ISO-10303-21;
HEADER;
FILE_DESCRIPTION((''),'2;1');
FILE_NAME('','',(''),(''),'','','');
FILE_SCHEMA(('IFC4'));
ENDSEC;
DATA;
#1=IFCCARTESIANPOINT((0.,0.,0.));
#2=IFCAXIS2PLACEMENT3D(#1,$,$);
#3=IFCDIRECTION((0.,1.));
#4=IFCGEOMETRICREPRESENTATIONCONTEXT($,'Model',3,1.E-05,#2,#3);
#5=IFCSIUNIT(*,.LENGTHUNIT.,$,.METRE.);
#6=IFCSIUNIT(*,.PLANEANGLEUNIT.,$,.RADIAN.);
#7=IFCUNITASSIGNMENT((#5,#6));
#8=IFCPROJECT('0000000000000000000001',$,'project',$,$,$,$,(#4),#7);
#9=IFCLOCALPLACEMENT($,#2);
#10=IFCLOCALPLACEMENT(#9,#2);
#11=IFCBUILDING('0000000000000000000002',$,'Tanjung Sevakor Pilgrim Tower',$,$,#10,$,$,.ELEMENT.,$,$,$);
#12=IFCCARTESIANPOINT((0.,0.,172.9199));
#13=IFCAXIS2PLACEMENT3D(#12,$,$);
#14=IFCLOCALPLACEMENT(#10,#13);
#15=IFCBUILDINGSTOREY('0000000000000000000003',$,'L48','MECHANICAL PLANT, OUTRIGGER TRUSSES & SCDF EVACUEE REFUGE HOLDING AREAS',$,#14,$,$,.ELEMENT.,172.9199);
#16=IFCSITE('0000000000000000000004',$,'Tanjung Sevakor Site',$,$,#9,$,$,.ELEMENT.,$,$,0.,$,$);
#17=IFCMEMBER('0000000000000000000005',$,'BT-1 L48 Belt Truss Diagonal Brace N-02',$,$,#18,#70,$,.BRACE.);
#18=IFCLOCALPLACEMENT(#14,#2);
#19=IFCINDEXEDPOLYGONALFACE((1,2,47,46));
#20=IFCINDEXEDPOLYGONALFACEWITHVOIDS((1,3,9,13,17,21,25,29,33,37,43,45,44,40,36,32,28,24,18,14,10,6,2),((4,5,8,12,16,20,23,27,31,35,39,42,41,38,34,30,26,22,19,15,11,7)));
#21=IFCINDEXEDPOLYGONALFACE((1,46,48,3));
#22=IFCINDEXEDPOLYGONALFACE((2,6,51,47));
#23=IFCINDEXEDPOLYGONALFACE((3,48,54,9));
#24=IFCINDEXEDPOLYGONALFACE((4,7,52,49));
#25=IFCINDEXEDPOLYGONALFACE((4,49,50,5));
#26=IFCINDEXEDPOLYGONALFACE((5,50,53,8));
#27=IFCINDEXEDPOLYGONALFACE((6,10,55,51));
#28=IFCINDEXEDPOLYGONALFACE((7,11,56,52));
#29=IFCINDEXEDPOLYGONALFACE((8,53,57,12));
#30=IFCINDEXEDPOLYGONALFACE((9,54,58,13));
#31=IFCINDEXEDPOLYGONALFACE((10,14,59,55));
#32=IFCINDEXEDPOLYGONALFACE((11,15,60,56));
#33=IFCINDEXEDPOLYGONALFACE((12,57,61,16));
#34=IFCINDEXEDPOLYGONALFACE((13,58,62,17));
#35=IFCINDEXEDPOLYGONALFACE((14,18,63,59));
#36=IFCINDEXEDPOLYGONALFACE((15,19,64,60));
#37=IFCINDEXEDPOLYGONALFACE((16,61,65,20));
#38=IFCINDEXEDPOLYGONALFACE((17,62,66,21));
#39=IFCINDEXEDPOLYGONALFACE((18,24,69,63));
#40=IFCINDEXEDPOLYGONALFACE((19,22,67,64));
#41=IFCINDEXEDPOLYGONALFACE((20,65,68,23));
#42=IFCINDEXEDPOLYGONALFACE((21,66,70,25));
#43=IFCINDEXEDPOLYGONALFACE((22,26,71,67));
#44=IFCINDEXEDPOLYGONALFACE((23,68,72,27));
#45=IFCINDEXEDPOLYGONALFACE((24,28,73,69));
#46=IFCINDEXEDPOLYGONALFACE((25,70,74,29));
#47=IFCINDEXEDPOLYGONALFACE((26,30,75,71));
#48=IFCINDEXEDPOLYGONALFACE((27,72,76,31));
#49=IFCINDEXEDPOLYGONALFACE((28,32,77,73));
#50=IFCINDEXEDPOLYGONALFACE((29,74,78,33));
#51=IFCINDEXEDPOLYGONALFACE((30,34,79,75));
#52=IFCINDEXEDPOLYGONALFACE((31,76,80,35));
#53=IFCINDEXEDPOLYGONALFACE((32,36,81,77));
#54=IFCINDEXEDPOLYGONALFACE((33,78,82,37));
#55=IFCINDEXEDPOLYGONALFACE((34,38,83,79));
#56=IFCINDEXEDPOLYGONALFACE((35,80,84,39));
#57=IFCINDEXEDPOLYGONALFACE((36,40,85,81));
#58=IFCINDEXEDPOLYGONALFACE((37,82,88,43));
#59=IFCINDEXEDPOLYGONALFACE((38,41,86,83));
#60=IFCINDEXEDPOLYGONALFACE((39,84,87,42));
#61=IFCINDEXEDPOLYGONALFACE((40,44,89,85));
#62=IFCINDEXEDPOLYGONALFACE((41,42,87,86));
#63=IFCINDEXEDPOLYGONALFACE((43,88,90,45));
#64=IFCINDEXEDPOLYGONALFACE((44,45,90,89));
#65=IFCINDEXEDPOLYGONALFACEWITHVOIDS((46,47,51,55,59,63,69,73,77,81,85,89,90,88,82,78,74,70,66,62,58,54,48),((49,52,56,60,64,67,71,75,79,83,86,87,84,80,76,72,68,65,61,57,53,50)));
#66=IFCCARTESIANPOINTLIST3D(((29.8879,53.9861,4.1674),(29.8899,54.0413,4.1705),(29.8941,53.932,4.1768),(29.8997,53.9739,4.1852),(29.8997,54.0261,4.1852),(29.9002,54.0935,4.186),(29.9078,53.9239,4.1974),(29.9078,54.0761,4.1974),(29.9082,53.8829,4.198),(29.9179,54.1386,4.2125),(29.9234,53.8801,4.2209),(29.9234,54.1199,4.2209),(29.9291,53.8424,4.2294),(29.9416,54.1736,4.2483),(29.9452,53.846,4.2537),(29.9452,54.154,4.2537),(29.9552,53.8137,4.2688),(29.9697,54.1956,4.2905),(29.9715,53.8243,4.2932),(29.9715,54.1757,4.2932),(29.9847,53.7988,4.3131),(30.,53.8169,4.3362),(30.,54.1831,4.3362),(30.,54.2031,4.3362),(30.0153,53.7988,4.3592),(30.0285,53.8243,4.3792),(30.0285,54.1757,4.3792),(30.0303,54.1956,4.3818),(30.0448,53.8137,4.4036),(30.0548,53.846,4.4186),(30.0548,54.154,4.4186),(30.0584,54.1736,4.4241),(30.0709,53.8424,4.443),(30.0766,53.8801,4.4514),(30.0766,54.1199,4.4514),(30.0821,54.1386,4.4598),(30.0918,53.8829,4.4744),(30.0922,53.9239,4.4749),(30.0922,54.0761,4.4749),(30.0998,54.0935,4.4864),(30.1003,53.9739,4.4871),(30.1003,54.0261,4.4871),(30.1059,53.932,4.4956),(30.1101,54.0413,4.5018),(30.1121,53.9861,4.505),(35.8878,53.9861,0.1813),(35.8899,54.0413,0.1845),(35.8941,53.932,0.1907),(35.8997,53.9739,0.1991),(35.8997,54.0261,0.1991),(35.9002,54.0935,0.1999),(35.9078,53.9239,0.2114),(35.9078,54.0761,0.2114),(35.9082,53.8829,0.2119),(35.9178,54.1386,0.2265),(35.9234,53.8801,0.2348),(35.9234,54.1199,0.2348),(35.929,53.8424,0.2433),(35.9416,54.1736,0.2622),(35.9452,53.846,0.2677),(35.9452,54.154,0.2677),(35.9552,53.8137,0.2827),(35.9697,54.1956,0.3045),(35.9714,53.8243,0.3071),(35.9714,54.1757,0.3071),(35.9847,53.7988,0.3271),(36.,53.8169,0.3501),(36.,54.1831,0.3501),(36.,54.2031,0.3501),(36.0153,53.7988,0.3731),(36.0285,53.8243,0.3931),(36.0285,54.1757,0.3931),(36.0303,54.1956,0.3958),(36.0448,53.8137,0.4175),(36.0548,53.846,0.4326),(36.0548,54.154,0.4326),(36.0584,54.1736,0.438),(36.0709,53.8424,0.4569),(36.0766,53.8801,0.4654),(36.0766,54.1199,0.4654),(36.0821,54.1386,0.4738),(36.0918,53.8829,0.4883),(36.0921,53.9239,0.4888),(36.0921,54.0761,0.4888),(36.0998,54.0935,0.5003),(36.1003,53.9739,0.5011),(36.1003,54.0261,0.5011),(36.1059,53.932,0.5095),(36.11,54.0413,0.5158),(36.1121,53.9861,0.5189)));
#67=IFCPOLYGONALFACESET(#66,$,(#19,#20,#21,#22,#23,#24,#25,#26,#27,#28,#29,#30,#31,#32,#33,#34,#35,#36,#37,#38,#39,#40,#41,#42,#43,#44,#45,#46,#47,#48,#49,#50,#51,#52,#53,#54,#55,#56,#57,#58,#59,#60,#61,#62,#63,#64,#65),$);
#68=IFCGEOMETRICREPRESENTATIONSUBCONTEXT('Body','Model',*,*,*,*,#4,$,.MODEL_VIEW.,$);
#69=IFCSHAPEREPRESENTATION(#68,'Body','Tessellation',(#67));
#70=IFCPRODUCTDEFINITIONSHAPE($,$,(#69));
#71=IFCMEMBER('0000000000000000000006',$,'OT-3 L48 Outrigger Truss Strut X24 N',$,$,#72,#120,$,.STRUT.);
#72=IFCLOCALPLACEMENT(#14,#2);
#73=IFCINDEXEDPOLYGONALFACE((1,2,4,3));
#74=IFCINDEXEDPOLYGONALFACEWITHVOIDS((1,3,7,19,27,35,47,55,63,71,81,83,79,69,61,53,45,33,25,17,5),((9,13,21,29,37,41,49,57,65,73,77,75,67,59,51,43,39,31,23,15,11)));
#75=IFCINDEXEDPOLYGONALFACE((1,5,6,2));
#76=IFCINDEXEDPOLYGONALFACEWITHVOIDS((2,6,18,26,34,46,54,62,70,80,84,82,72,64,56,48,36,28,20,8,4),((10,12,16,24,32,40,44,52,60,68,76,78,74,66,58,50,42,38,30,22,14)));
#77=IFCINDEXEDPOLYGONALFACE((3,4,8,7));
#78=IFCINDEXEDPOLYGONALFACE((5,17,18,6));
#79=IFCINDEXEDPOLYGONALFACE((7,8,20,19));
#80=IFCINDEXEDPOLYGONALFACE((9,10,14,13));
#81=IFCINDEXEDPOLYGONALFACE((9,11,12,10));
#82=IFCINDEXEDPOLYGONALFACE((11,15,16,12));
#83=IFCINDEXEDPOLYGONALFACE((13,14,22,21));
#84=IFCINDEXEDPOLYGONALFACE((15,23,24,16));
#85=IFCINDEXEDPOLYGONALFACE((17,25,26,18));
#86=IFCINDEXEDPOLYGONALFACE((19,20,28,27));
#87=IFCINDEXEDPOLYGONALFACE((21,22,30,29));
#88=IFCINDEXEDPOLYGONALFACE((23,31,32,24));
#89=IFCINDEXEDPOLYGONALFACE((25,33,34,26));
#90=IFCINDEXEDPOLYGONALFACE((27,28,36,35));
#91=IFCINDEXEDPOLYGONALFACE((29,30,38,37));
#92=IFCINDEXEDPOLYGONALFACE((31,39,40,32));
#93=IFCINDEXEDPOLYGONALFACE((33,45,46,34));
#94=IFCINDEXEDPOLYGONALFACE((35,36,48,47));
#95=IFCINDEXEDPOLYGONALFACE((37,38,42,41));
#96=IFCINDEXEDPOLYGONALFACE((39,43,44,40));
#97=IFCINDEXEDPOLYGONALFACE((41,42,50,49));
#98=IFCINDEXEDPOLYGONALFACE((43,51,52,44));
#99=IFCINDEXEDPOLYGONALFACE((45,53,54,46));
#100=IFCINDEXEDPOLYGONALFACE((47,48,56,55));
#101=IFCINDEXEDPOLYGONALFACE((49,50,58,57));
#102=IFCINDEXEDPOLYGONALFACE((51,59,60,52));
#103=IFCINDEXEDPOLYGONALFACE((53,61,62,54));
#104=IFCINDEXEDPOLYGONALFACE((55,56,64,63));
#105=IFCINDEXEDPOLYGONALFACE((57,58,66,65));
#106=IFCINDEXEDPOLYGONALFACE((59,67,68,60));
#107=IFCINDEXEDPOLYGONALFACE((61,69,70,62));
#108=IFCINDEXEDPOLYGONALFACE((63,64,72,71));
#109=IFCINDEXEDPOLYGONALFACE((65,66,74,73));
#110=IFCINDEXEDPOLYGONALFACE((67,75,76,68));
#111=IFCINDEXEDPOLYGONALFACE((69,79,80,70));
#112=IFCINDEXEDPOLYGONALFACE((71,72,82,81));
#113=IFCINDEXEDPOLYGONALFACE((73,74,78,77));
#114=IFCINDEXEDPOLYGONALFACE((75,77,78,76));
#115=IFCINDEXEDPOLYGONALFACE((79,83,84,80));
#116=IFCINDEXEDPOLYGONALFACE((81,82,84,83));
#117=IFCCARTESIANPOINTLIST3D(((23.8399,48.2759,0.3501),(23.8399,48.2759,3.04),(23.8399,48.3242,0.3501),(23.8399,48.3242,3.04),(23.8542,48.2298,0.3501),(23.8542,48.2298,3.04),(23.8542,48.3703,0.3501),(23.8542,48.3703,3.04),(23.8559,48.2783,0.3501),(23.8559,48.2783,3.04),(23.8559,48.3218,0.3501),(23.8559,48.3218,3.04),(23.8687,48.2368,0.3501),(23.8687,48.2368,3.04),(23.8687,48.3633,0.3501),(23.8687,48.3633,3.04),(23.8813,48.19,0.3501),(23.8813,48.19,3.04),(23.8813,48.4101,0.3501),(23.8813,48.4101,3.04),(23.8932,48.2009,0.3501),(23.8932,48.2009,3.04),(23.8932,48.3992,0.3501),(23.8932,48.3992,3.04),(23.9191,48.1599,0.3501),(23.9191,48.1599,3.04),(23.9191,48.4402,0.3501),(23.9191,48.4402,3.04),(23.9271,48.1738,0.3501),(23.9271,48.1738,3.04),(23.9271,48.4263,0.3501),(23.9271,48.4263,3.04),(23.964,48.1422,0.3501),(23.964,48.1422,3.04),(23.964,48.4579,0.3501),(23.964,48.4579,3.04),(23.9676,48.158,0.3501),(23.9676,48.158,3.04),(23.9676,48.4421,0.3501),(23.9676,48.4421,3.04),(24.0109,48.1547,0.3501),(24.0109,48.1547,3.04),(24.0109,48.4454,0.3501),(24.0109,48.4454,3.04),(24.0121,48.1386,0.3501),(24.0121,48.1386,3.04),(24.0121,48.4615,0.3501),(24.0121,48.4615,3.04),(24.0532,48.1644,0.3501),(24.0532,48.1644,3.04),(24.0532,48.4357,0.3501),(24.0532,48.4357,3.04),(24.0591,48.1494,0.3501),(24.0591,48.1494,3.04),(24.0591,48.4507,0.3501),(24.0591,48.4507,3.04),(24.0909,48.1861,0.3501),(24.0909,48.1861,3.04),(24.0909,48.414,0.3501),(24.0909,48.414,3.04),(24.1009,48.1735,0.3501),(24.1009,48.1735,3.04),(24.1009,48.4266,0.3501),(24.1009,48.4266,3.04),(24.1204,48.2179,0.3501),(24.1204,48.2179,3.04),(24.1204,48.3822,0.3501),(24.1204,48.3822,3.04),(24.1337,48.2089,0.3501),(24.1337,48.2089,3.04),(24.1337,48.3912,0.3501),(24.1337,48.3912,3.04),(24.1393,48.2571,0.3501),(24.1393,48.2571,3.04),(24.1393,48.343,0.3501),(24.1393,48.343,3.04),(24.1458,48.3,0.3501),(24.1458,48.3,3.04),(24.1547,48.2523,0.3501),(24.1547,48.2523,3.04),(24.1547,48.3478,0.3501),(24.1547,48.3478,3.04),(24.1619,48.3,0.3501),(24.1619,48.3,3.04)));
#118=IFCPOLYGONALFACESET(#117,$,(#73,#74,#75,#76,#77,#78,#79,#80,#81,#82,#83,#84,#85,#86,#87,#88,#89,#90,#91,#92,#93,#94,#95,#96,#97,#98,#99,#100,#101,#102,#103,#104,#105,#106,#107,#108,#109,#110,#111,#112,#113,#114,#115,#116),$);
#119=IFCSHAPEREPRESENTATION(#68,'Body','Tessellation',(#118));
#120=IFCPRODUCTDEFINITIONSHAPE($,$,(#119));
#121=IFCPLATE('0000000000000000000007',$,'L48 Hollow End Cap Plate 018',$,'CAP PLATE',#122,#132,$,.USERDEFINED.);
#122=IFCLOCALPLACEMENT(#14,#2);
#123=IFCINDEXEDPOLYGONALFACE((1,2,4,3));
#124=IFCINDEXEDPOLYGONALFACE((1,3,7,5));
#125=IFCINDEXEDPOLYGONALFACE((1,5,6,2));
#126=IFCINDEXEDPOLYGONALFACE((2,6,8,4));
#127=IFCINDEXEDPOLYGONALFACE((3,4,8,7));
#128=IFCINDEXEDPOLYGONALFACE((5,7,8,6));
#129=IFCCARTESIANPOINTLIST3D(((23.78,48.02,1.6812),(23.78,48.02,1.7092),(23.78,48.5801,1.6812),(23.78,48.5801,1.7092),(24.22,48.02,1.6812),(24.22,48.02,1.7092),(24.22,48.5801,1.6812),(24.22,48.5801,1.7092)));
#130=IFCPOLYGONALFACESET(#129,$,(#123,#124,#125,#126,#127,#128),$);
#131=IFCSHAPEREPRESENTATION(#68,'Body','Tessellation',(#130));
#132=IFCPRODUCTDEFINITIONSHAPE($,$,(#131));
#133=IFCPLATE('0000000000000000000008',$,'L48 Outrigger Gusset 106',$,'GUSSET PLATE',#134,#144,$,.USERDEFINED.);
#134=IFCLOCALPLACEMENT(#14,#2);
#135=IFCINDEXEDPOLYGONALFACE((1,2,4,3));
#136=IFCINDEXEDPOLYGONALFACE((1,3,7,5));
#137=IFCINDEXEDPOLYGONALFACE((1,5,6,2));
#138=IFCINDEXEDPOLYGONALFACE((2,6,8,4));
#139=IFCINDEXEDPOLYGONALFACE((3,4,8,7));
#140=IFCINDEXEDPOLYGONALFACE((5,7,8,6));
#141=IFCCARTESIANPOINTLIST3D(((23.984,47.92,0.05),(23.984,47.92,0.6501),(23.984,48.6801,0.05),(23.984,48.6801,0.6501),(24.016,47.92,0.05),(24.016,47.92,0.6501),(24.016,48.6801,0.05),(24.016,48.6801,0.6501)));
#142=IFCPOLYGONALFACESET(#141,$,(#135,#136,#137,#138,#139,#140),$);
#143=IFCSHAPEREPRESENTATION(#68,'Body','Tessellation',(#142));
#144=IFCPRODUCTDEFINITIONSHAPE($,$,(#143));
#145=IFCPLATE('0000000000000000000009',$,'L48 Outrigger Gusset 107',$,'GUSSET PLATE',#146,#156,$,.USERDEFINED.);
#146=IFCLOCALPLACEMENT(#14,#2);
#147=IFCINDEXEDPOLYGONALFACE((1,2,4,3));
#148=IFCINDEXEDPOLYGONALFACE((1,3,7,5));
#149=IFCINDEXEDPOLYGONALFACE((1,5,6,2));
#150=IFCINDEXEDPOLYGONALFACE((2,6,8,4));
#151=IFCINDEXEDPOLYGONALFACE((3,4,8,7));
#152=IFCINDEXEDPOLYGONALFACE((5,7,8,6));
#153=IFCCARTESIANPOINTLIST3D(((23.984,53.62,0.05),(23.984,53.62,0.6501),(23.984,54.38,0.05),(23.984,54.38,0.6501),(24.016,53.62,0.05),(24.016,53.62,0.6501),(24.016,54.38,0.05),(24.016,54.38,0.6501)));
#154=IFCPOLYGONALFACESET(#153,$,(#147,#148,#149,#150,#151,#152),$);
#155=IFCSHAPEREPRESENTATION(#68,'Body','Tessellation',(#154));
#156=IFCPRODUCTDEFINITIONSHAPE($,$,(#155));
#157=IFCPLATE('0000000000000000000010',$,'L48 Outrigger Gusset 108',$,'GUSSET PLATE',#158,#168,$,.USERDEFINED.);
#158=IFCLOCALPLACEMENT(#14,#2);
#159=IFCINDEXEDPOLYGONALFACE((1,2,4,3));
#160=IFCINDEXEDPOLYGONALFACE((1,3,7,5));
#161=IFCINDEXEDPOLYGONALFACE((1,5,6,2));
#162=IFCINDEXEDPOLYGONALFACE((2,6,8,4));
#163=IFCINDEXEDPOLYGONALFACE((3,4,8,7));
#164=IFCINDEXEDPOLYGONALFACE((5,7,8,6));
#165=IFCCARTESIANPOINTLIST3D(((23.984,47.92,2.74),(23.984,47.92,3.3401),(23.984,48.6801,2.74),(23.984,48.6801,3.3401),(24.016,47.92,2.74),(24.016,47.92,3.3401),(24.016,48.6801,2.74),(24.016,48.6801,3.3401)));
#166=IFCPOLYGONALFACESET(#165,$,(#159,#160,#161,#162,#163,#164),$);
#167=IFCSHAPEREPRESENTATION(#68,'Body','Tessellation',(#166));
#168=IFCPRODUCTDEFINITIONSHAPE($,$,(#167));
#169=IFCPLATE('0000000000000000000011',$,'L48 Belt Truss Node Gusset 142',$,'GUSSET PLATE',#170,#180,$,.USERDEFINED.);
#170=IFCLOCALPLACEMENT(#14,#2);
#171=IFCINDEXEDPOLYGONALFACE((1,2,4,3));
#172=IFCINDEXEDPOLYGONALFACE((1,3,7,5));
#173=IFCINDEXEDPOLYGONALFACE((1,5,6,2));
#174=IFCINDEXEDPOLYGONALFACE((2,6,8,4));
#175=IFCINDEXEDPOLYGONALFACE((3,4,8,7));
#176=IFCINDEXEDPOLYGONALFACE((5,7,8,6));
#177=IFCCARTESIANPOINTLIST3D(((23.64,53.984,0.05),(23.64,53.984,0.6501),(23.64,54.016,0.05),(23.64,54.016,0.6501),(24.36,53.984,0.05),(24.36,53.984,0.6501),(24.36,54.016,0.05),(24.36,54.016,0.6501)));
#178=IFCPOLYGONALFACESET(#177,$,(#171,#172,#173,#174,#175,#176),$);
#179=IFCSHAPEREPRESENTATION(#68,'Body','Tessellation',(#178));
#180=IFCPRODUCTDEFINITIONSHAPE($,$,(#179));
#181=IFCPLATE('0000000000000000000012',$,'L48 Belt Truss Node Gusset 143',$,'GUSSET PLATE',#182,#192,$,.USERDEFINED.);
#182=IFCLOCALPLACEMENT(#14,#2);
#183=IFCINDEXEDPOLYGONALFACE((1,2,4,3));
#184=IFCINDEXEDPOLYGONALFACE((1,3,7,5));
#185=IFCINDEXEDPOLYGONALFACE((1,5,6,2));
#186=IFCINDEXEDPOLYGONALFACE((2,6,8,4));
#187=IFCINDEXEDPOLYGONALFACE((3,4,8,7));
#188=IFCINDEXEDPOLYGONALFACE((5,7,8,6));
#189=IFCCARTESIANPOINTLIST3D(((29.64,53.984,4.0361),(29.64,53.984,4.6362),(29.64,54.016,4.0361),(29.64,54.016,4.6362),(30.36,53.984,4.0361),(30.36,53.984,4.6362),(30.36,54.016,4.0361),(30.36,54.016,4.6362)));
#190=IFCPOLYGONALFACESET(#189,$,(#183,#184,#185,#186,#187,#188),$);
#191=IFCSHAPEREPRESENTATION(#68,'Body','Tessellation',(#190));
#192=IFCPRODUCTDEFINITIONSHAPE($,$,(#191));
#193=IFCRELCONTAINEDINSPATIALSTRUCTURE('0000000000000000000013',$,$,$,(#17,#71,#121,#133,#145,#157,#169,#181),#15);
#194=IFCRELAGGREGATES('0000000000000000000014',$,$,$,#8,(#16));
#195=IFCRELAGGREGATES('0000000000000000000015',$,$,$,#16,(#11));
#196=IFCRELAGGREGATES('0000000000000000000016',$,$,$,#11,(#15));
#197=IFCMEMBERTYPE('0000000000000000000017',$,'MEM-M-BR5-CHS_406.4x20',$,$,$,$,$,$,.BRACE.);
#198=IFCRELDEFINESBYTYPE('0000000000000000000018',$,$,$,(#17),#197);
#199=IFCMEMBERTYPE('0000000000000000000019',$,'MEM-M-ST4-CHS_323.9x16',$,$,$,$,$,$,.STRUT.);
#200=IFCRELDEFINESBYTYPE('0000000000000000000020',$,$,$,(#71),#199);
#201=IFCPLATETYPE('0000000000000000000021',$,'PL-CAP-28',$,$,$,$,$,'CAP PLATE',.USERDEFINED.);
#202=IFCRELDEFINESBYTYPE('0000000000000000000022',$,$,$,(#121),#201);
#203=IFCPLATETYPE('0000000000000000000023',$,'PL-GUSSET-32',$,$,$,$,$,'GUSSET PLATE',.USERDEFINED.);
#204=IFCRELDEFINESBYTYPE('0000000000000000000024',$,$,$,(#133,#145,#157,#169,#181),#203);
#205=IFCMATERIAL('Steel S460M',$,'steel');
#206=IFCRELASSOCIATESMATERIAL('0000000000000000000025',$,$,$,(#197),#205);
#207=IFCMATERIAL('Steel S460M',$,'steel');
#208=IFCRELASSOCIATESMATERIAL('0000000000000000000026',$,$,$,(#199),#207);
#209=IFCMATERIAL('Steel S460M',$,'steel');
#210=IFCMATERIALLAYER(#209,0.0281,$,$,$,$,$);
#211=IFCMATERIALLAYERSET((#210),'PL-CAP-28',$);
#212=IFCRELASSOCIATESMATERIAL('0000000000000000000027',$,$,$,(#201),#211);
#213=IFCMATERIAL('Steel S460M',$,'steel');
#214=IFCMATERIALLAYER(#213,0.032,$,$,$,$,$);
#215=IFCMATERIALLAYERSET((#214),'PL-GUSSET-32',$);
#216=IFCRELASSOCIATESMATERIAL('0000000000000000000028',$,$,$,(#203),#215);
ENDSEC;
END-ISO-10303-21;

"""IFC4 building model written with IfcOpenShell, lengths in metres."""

from ifc_helpers import new_model, si_unit, direction, frame, origin, origin_2d, place, context, subcontext, project, spatial, rectangle, hollow_circle, extrude, material, layer, layer_set, material_profile, profile_set, type_object, element, save


model = new_model("IFC4")

# Units and contexts
model_context = context("Model", 3, precision=1e-05, world=origin(), true_north=direction((0.0, 1.0)))
body_context = subcontext(model_context, "Body", "Model", "MODEL_VIEW")
ifc_project = project(units=[si_unit("LENGTHUNIT", "METRE"), si_unit("PLANEANGLEUNIT", "RADIAN")], contexts=[model_context])

# Site, building, storey
site_placement = place(None, origin())
site = spatial("IfcSite", under=ifc_project, at=site_placement, Name="Tanjung Sevakor Site", CompositionType="ELEMENT", RefElevation=0.0)
building_placement = place(site_placement, origin())
building = spatial("IfcBuilding", under=site, at=building_placement, Name="Tanjung Sevakor Pilgrim Tower", CompositionType="ELEMENT")
storey_placement = place(building_placement, frame((0.0, 0.0, 172.9199)))
storey = spatial("IfcBuildingStorey", under=building, at=storey_placement, Name="L48", Description="MECHANICAL PLANT, OUTRIGGER TRUSSES & SCDF EVACUEE REFUGE HOLDING AREAS", CompositionType="ELEMENT", Elevation=172.9199)

# Members
ifc_material_1 = material(Name="Steel S460M", Category="steel")
ifc_material_profile_1 = material_profile(ifc_material_1, hollow_circle(Radius=0.2031, WallThickness=0.02, at=origin_2d()))
ifc_profile_set_1 = profile_set([ifc_material_profile_1], Name="Steel S460M")
member_type_1 = type_object("IfcMemberType", Name="MEM-M-BR5-CHS_406.4x20", PredefinedType="BRACE", material=ifc_profile_set_1)
for number, where, z_axis, x_axis, name in (
    (1, (30.0, 54.0, 4.3362), (0.832941, 0.0, -0.553362), (0.0, 1.0, 0.0), "BT-1 L48 Belt Truss Diagonal Brace N-02"),
):
    element("IfcMember", number, at=place(storey_placement, frame(where, z_axis=z_axis, x_axis=x_axis)), inside=storey, type_object=member_type_1, Name=name, PredefinedType="BRACE", context=body_context, shape_type="SweptSolid", body=[
        extrude(hollow_circle(Radius=0.2031, WallThickness=0.02, at=origin_2d()), origin(), (0.0, 0.0, 1.0), 7.2034),
    ])
ifc_material_2 = material(Name="Steel S460M", Category="steel")
ifc_material_profile_2 = material_profile(ifc_material_2, hollow_circle(Radius=0.1619, WallThickness=0.0161, at=origin_2d()))
ifc_profile_set_2 = profile_set([ifc_material_profile_2], Name="Steel S460M")
member_type_2 = type_object("IfcMemberType", Name="MEM-M-ST4-CHS_323.9x16", PredefinedType="STRUT", material=ifc_profile_set_2)
member_1_placement = place(storey_placement, frame((24.0, 48.3, 0.3501), z_axis=(0.0, 0.0, 1.0), x_axis=(1.0, 0.0, 0.0)))
element("IfcMember", 2, at=member_1_placement, inside=storey, type_object=member_type_2, Name="OT-3 L48 Outrigger Truss Strut X24 N", PredefinedType="STRUT", context=body_context, shape_type="SweptSolid", body=[
    extrude(hollow_circle(Radius=0.1619, WallThickness=0.0161, at=origin_2d()), origin(), (0.0, 0.0, 1.0), 2.6899),
])

# Plates
ifc_material_3 = material(Name="Steel S460M", Category="steel")
ifc_layer_1 = layer(ifc_material_3, 0.0281)
ifc_layer_set_1 = layer_set([ifc_layer_1], Name="PL-CAP-28")
plate_type_1 = type_object("IfcPlateType", Name="PL-CAP-28", ElementType="CAP PLATE", PredefinedType="USERDEFINED", material=ifc_layer_set_1)
plate_placement = place(storey_placement, frame((24.0, 48.3, 1.6812), z_axis=(0.0, 0.0, 1.0), x_axis=(1.0, 0.0, 0.0)))
element("IfcPlate", 3, at=plate_placement, inside=storey, type_object=plate_type_1, Name="L48 Hollow End Cap Plate 018", ObjectType="CAP PLATE", PredefinedType="USERDEFINED", context=body_context, shape_type="SweptSolid", body=[
    extrude(rectangle(XDim=0.4399, YDim=0.5601, at=origin_2d()), origin(), (0.0, 0.0, 1.0), 0.0281),
])
ifc_material_4 = material(Name="Steel S460M", Category="steel")
ifc_layer_2 = layer(ifc_material_4, 0.032)
ifc_layer_set_2 = layer_set([ifc_layer_2], Name="PL-GUSSET-32")
plate_type_2 = type_object("IfcPlateType", Name="PL-GUSSET-32", ElementType="GUSSET PLATE", PredefinedType="USERDEFINED", material=ifc_layer_set_2)
for number, where, z_axis, x_axis, name in (
    (4, (24.0, 48.3, 0.05), (0.0, 0.0, 1.0), (1.0, 0.0, 0.0), "L48 Outrigger Gusset 106"),
    (5, (24.0, 54.0, 0.05), (0.0, 0.0, 1.0), (1.0, 0.0, 0.0), "L48 Outrigger Gusset 107"),
    (6, (24.0, 48.3, 2.74), (0.0, 0.0, 1.0), (1.0, 0.0, 0.0), "L48 Outrigger Gusset 108"),
):
    element("IfcPlate", number, at=place(storey_placement, frame(where, z_axis=z_axis, x_axis=x_axis)), inside=storey, type_object=plate_type_2, Name=name, ObjectType="GUSSET PLATE", PredefinedType="USERDEFINED", context=body_context, shape_type="SweptSolid", body=[
        extrude(rectangle(XDim=0.032, YDim=0.76, at=origin_2d()), origin(), (0.0, 0.0, 1.0), 0.6001),
    ])
for number, where, z_axis, x_axis, name in (
    (7, (24.0, 54.0, 0.05), (0.0, 0.0, 1.0), (1.0, 0.0, 0.0), "L48 Belt Truss Node Gusset 142"),
    (8, (30.0, 54.0, 4.0361), (0.0, 0.0, 1.0), (1.0, 0.0, 0.0), "L48 Belt Truss Node Gusset 143"),
):
    element("IfcPlate", number, at=place(storey_placement, frame(where, z_axis=z_axis, x_axis=x_axis)), inside=storey, type_object=plate_type_2, Name=name, ObjectType="GUSSET PLATE", PredefinedType="USERDEFINED", context=body_context, shape_type="SweptSolid", body=[
        extrude(rectangle(XDim=0.72, YDim=0.032, at=origin_2d()), origin(), (0.0, 0.0, 1.0), 0.6001),
    ])

save(model, "model.ifc")
